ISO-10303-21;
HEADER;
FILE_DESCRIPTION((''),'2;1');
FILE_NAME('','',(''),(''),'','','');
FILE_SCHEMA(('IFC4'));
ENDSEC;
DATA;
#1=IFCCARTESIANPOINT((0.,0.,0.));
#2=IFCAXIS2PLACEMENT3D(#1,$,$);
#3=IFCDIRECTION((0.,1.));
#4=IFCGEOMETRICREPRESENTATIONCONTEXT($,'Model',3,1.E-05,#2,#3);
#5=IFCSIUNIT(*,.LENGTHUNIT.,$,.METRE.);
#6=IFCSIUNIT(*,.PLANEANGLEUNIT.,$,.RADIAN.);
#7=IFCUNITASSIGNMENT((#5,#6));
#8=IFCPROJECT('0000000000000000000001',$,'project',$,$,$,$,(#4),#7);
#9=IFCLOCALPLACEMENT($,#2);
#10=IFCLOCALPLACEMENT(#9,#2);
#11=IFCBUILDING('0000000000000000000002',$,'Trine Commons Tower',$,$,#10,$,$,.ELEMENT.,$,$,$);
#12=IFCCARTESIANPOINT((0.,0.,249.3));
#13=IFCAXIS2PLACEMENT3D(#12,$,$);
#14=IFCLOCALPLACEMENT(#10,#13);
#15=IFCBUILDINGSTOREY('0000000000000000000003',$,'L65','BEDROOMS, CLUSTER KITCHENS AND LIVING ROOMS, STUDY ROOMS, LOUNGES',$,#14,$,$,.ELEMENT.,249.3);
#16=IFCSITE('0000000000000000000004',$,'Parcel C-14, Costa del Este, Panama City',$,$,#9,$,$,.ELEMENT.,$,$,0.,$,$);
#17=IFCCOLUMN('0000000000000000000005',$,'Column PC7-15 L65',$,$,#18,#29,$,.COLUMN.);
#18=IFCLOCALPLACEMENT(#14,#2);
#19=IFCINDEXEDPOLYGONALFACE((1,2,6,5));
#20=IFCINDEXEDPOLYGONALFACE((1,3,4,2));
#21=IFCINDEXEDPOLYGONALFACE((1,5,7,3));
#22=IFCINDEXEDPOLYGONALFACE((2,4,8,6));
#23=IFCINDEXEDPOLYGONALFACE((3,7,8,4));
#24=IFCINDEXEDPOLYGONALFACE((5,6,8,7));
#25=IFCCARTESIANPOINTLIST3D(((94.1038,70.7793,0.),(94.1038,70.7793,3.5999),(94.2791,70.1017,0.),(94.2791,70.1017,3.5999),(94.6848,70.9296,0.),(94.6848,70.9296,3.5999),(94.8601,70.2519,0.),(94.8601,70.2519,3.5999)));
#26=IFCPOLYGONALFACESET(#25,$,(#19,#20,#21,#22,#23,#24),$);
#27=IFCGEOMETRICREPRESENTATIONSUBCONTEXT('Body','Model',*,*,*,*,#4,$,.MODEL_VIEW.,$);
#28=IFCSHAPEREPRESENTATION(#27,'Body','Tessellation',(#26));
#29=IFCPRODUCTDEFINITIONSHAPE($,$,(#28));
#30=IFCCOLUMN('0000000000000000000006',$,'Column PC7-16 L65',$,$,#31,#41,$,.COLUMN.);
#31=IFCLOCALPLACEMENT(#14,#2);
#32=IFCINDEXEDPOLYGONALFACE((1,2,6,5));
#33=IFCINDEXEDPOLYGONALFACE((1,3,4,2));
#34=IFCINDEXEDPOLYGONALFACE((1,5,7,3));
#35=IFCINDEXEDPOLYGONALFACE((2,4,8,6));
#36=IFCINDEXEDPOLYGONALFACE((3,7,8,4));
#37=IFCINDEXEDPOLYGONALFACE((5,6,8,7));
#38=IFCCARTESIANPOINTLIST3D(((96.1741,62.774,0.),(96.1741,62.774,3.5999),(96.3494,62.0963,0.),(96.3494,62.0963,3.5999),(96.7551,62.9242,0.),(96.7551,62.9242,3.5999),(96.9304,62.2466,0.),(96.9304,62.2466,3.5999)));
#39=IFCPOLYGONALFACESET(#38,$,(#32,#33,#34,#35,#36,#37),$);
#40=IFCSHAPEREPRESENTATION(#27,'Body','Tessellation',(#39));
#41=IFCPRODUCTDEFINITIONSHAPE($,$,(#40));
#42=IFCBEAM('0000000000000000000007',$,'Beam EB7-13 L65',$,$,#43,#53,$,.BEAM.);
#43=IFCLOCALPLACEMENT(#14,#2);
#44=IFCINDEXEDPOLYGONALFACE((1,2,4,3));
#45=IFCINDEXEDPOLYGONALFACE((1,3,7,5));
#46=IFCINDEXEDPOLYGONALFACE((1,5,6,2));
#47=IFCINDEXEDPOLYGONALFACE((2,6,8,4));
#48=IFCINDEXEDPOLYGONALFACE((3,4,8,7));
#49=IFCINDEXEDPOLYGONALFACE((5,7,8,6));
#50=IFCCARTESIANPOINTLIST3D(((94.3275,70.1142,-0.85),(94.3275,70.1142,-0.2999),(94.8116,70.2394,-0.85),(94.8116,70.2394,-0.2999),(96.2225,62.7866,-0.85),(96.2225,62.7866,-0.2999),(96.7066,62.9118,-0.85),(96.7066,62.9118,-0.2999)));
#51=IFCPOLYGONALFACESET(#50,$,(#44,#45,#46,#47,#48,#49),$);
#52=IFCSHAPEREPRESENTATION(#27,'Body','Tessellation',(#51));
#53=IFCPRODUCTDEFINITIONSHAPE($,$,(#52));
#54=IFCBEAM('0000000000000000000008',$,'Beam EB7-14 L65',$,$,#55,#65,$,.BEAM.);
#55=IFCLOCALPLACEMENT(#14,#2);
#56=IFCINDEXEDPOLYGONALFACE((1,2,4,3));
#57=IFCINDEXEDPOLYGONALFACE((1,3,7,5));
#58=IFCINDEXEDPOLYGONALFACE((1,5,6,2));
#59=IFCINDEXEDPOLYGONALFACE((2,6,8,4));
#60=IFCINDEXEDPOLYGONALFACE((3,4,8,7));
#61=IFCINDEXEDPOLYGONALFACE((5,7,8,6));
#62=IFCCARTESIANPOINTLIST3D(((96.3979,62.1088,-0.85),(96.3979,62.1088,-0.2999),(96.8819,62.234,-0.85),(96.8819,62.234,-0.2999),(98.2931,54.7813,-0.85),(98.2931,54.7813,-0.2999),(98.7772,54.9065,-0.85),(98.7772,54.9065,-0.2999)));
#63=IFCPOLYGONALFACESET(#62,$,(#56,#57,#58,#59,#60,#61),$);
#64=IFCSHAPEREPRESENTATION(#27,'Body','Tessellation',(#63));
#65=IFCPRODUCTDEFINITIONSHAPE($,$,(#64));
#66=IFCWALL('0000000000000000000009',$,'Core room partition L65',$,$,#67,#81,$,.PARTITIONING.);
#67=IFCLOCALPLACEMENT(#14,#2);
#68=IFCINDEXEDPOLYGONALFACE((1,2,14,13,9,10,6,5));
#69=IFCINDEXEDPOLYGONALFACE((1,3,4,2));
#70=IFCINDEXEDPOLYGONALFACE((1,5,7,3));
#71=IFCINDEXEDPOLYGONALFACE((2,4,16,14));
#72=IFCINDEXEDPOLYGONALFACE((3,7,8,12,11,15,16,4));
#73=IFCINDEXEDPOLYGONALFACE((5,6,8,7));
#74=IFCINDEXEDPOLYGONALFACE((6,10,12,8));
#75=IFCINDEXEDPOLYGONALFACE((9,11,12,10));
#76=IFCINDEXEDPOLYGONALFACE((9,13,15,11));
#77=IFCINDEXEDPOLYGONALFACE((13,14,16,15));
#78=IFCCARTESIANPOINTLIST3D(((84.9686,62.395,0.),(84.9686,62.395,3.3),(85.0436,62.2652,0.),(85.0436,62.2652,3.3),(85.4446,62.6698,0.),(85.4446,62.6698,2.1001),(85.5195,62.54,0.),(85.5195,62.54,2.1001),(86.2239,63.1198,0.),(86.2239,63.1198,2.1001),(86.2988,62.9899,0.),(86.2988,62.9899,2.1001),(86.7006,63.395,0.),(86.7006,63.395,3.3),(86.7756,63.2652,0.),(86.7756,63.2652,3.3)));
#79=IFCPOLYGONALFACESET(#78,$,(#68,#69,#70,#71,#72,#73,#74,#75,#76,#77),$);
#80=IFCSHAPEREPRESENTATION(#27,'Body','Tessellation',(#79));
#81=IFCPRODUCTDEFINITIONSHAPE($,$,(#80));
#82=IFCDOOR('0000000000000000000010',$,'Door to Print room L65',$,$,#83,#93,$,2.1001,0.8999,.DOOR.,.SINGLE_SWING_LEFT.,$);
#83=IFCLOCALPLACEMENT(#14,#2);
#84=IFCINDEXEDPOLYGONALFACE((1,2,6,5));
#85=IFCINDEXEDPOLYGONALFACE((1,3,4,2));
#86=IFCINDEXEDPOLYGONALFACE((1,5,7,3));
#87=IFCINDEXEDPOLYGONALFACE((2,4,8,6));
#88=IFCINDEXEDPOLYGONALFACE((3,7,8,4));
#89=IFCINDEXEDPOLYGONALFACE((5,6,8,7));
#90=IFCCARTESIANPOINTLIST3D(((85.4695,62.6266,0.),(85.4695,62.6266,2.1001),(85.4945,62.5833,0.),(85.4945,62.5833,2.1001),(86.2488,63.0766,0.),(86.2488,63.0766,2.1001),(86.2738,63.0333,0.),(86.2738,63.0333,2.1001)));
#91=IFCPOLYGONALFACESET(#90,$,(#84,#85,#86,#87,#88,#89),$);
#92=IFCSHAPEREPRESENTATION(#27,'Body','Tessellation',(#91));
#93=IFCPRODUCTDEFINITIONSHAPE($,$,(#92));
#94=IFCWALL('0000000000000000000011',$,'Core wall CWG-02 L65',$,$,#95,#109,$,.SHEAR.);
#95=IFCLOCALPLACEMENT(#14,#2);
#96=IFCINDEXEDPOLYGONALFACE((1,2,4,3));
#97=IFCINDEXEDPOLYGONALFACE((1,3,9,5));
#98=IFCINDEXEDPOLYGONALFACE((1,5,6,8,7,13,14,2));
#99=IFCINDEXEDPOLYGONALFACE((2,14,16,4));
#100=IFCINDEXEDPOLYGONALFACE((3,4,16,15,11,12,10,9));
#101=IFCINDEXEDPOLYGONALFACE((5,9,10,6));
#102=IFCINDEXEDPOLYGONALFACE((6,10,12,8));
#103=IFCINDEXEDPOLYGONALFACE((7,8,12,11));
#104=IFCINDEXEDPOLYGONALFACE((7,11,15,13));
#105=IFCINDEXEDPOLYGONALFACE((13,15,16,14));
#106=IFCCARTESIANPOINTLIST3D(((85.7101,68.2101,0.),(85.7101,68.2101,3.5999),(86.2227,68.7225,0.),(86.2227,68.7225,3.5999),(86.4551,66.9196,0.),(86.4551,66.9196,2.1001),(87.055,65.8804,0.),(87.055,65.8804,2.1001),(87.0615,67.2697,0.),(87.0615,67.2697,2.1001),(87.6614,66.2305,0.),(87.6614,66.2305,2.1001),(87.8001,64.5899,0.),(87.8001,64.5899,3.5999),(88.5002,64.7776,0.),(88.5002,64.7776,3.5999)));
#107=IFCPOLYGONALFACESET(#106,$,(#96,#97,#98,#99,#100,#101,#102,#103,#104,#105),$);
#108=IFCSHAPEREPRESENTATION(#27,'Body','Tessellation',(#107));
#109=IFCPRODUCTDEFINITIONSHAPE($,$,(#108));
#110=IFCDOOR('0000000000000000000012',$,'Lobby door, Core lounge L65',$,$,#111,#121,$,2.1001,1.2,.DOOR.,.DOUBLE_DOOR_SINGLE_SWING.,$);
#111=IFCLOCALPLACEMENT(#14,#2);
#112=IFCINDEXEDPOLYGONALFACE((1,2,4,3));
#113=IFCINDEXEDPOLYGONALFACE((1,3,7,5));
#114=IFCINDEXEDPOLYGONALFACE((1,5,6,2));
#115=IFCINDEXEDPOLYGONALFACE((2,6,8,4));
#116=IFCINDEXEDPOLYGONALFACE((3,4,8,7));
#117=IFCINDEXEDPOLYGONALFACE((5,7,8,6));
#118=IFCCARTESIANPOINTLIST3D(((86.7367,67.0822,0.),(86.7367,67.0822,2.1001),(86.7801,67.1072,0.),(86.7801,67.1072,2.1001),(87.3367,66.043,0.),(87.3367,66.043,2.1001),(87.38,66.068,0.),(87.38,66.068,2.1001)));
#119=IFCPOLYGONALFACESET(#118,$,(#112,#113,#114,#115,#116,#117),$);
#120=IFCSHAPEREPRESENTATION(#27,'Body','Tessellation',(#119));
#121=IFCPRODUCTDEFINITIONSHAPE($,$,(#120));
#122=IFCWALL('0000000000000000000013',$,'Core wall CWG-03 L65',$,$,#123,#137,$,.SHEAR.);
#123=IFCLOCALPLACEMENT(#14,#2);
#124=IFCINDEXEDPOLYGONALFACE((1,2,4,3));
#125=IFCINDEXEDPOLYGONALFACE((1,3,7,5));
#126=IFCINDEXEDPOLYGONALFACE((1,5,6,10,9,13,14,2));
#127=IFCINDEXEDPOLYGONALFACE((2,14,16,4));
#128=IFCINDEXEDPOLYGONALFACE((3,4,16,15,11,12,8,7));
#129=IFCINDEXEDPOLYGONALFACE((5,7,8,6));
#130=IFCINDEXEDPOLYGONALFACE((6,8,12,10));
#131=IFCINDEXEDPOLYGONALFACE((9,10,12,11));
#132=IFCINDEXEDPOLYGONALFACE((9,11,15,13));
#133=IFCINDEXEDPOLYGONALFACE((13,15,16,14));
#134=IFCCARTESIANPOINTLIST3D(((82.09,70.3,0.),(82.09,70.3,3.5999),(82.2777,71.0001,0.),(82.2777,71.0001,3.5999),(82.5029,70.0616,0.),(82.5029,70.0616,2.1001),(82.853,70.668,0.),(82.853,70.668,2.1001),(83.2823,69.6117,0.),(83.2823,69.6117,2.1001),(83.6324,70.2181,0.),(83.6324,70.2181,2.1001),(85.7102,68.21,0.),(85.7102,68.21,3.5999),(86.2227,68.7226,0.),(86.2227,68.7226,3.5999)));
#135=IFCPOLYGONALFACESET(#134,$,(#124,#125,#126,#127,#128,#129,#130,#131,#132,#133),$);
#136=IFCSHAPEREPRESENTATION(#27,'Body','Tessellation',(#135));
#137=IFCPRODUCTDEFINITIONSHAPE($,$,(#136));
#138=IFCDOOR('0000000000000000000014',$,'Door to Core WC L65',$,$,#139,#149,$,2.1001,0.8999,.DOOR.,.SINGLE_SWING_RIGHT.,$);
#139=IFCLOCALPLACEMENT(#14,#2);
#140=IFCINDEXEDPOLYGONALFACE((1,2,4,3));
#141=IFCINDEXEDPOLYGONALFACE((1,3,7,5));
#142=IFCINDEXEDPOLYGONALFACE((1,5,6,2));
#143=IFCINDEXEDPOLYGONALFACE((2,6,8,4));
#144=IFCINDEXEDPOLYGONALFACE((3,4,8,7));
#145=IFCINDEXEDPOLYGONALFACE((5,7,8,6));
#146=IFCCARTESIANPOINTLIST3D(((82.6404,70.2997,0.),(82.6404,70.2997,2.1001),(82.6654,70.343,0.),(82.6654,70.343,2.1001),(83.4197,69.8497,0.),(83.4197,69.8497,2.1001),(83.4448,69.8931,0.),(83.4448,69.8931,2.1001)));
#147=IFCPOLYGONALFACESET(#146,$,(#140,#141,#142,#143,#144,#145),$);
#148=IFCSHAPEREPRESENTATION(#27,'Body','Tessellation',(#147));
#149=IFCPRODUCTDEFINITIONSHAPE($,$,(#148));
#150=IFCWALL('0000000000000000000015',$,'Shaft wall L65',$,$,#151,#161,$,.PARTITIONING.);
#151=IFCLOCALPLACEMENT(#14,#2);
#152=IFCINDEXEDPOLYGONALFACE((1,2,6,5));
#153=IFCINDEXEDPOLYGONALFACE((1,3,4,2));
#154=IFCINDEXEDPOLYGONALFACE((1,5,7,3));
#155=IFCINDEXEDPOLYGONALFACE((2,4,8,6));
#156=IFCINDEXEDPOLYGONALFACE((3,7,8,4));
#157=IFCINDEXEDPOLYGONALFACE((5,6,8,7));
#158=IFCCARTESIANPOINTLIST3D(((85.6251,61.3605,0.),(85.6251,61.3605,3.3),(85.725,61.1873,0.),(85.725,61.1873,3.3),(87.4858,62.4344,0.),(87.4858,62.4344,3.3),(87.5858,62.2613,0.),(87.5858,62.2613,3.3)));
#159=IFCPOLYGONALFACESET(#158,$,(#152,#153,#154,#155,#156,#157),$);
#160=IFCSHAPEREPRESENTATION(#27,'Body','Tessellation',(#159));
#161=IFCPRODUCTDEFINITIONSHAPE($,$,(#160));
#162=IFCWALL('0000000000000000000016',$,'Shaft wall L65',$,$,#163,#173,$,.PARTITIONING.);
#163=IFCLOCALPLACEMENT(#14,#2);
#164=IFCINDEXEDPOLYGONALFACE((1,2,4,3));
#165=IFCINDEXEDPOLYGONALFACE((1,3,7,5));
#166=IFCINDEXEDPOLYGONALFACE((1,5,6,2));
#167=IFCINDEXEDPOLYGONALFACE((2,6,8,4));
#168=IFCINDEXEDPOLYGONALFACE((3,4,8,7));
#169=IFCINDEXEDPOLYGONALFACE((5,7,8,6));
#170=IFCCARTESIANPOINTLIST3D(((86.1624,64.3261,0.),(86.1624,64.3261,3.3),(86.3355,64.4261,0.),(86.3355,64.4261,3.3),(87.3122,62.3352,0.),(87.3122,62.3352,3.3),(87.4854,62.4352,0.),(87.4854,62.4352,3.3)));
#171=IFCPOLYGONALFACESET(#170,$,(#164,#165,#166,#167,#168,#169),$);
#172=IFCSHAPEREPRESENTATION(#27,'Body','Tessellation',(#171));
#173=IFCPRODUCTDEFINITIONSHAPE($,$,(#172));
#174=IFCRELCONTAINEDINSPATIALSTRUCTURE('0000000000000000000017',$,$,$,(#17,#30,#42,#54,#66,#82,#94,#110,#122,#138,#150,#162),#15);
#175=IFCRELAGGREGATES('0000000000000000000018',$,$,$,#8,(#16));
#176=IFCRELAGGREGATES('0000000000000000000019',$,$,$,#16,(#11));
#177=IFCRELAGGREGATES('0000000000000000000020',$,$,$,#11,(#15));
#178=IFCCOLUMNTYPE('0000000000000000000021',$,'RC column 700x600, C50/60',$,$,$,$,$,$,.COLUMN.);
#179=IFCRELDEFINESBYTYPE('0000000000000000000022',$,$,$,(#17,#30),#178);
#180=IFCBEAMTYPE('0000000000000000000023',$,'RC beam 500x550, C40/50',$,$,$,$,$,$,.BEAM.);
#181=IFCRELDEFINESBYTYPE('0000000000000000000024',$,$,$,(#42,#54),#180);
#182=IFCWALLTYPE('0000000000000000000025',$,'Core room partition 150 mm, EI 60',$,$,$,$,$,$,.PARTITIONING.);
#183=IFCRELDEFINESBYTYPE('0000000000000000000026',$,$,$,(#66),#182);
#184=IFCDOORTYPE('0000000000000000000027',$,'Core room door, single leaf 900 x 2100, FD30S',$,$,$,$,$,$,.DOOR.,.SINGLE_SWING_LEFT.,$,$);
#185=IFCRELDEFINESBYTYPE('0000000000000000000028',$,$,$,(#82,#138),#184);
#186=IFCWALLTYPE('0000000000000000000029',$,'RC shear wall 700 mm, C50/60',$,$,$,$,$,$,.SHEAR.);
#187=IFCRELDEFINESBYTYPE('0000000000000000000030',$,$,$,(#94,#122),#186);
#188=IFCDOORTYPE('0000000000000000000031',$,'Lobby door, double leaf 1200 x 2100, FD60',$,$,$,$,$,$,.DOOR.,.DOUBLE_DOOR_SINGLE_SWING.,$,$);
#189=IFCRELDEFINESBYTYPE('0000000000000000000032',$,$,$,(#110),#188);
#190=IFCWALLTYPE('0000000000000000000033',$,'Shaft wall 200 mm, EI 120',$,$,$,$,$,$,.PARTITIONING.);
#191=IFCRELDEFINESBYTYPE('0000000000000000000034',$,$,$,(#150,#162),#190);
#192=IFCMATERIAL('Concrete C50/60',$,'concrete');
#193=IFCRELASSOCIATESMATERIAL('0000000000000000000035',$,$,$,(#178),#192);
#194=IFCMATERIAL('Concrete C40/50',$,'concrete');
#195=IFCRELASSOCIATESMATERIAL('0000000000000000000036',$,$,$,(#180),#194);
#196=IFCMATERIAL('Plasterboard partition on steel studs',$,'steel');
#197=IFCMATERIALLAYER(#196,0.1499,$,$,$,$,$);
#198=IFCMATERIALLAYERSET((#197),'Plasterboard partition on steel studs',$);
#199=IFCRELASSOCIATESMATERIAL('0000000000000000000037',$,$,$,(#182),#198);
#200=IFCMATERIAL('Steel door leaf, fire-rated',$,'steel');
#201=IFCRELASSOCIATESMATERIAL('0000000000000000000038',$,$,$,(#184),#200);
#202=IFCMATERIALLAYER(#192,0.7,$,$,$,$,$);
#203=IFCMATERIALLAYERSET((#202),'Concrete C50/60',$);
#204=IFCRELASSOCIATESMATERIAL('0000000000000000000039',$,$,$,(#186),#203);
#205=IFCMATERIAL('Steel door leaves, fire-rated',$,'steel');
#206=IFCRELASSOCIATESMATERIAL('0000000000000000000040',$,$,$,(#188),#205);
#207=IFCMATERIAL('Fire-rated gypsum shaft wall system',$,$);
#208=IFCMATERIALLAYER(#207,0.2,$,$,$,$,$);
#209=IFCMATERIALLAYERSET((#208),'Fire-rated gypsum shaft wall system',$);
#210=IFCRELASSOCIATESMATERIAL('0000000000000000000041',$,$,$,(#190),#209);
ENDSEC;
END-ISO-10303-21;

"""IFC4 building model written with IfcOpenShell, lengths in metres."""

from ifc_helpers import new_model, si_unit, direction, frame, frame_2d, origin, origin_2d, place, context, subcontext, project, spatial, polyline, rectangle, outline, extrude, material, layer, layer_set, material_profile, profile_set, type_object, element, fill, save


model = new_model("IFC4")

# Units and contexts
model_context = context("Model", 3, precision=1e-05, world=origin(), true_north=direction((0.0, 1.0)))
body_context = subcontext(model_context, "Body", "Model", "MODEL_VIEW")
ifc_project = project(units=[si_unit("LENGTHUNIT", "METRE"), si_unit("PLANEANGLEUNIT", "RADIAN")], contexts=[model_context])

# Site, building, storey
site_placement = place(None, origin())
site = spatial("IfcSite", under=ifc_project, at=site_placement, Name="Parcel C-14, Costa del Este, Panama City", CompositionType="ELEMENT", RefElevation=0.0)
building_placement = place(site_placement, origin())
building = spatial("IfcBuilding", under=site, at=building_placement, Name="Trine Commons Tower", CompositionType="ELEMENT")
storey_placement = place(building_placement, frame((0.0, 0.0, 249.3)))
storey = spatial("IfcBuildingStorey", under=building, at=storey_placement, Name="L65", Description="BEDROOMS, CLUSTER KITCHENS AND LIVING ROOMS, STUDY ROOMS, LOUNGES", CompositionType="ELEMENT", Elevation=249.3)

# Columns
ifc_material_1 = material(Name="Concrete C50/60", Category="concrete")
ifc_material_profile_1 = material_profile(ifc_material_1, rectangle(XDim=0.7, YDim=0.6001, at=origin_2d()), Name="RC 700x600")
ifc_profile_set_1 = profile_set([ifc_material_profile_1], Name="Concrete C50/60")
column_type = type_object("IfcColumnType", Name="RC column 700x600, C50/60", PredefinedType="COLUMN", material=ifc_profile_set_1)
for number, where, z_axis, x_axis, name in (
    (1, (94.4819, 70.5156, 0.0), (0.0, 0.0, 1.0), (-0.25038, 0.968148, 0.0), "Column PC7-15 L65"),
    (2, (96.5522, 62.5103, 0.0), (0.0, 0.0, 1.0), (-0.25038, 0.968148, 0.0), "Column PC7-16 L65"),
):
    element("IfcColumn", number, at=place(storey_placement, frame(where, z_axis=z_axis, x_axis=x_axis)), inside=storey, type_object=column_type, Name=name, PredefinedType="COLUMN", context=body_context, shape_type="SweptSolid", body=[
        extrude(rectangle(XDim=0.7, YDim=0.6001, at=origin_2d()), origin(), (0.0, 0.0, 1.0), 3.5999),
    ])

# Beams
ifc_material_2 = material(Name="Concrete C40/50", Category="concrete")
ifc_material_profile_2 = material_profile(ifc_material_2, rectangle(XDim=0.5, YDim=0.55, at=origin_2d()), Name="RC 500x550")
ifc_profile_set_2 = profile_set([ifc_material_profile_2], Name="Concrete C40/50")
beam_type = type_object("IfcBeamType", Name="RC beam 500x550, C40/50", PredefinedType="BEAM", material=ifc_profile_set_2)
for number, where, z_axis, x_axis, name in (
    (3, (94.5696, 70.1768, -0.575), (0.250376, -0.968149, 0.0), (0.968149, 0.250376, 0.0), "Beam EB7-13 L65"),
    (4, (96.6399, 62.1714, -0.575), (0.250414, -0.968139, 0.0), (0.968139, 0.250414, 0.0), "Beam EB7-14 L65"),
):
    element("IfcBeam", number, at=place(storey_placement, frame(where, z_axis=z_axis, x_axis=x_axis)), inside=storey, type_object=beam_type, Name=name, PredefinedType="BEAM", context=body_context, shape_type="SweptSolid", body=[
        extrude(rectangle(XDim=0.5, YDim=0.55, at=origin_2d()), origin(), (0.0, 0.0, 1.0), 7.5686),
    ])

# Walls, openings, doors
ifc_material_3 = material(Name="Plasterboard partition on steel studs", Category="steel")
ifc_layer_1 = layer(ifc_material_3, 0.1499)
ifc_layer_set_1 = layer_set([ifc_layer_1], Name="Plasterboard partition on steel studs")
wall_type_1 = type_object("IfcWallType", Name="Core room partition 150 mm, EI 60", PredefinedType="PARTITIONING", material=ifc_layer_set_1)
wall_1_placement = place(storey_placement, frame((85.0061, 62.3301, 0.0), z_axis=(0.0, 0.0, 1.0), x_axis=(0.866011, 0.500025, 0.0)))
wall_1 = element("IfcWall", 5, at=wall_1_placement, inside=storey, type_object=wall_type_1, Name="Core room partition L65", PredefinedType="PARTITIONING", context=body_context, shape_type="SweptSolid", body=[
    extrude(rectangle(XDim=2.0, YDim=0.1499, at=frame_2d((1.0, 0.0))), origin(), (0.0, 0.0, 1.0), 3.3),
])
opening_1_placement = place(wall_1_placement, frame((0.5496, 0.0, 0.0)))
opening_1 = element("IfcOpeningElement", 6, at=opening_1_placement, cuts=wall_1, PredefinedType="OPENING", context=body_context, shape_type="SweptSolid", body=[
    extrude(rectangle(XDim=0.8999, YDim=2.1001, at=frame_2d((0.45, 1.05))), frame((0.0, 0.085, 0.0), z_axis=(0.0, -1.0, 0.0), x_axis=(1.0, 0.0, 0.0)), (0.0, 0.0, 1.0), 0.1699),
])
ifc_material_4 = material(Name="Steel door leaf, fire-rated", Category="steel")
door_type_1 = type_object("IfcDoorType", Name="Core room door, single leaf 900 x 2100, FD30S", OperationType="SINGLE_SWING_LEFT", PredefinedType="DOOR", material=ifc_material_4)
door_1_placement = place(opening_1_placement, frame((0.8999, 0.0, 0.0), z_axis=(0.0, 0.0, 1.0), x_axis=(-1.0, 0.0, 0.0)))
door_1 = element("IfcDoor", 7, at=door_1_placement, inside=storey, type_object=door_type_1, Name="Door to Print room L65", OperationType="SINGLE_SWING_LEFT", OverallHeight=2.1001, OverallWidth=0.8999, PredefinedType="DOOR", context=body_context, shape_type="SweptSolid", body=[
    extrude(rectangle(XDim=0.8999, YDim=2.1001, at=frame_2d((0.45, 1.05))), frame((0.0, 0.0249, 0.0), z_axis=(0.0, -1.0, 0.0), x_axis=(1.0, 0.0, 0.0)), (0.0, 0.0, 1.0), 0.05),
])
fill(opening_1, door_1)
ifc_layer_2 = layer(ifc_material_1, 0.7)
ifc_layer_set_2 = layer_set([ifc_layer_2], Name="Concrete C50/60")
wall_type_2 = type_object("IfcWallType", Name="RC shear wall 700 mm, C50/60", PredefinedType="SHEAR", material=ifc_layer_set_2)
wall_2_placement = place(storey_placement, frame((88.197, 64.6025, 0.0), z_axis=(0.0, 0.0, 1.0), x_axis=(-0.499984, 0.866035, 0.0)))
wall_2 = element("IfcWall", 8, at=wall_2_placement, inside=storey, type_object=wall_type_2, Name="Core wall CWG-02 L65", PredefinedType="SHEAR", context=body_context, shape_type="SweptSolid", body=[
    extrude(outline(polyline([(0.0, -0.3501), (4.5552, -0.3501), (4.3677, 0.3501), (0.1875, 0.3501), (0.0, -0.3501)])), origin(), (0.0, 0.0, 1.0), 3.5999),
])
opening_2_placement = place(wall_2_placement, frame((1.6775, 0.0, 0.0)))
opening_2 = element("IfcOpeningElement", 9, at=opening_2_placement, cuts=wall_2, PredefinedType="OPENING", context=body_context, shape_type="SweptSolid", body=[
    extrude(rectangle(XDim=1.2, YDim=2.1001, at=frame_2d((0.6001, 1.05))), frame((0.0, 0.3599, 0.0), z_axis=(0.0, -1.0, 0.0), x_axis=(1.0, 0.0, 0.0)), (0.0, 0.0, 1.0), 0.72),
])
ifc_material_5 = material(Name="Steel door leaves, fire-rated", Category="steel")
door_type_2 = type_object("IfcDoorType", Name="Lobby door, double leaf 1200 x 2100, FD60", OperationType="DOUBLE_DOOR_SINGLE_SWING", PredefinedType="DOOR", material=ifc_material_5)
door_2_placement = place(opening_2_placement, origin())
door_2 = element("IfcDoor", 10, at=door_2_placement, inside=storey, type_object=door_type_2, Name="Lobby door, Core lounge L65", OperationType="DOUBLE_DOOR_SINGLE_SWING", OverallHeight=2.1001, OverallWidth=1.2, PredefinedType="DOOR", context=body_context, shape_type="SweptSolid", body=[
    extrude(rectangle(XDim=1.2, YDim=2.1001, at=frame_2d((0.6001, 1.05))), frame((0.0, 0.0249, 0.0), z_axis=(0.0, -1.0, 0.0), x_axis=(1.0, 0.0, 0.0)), (0.0, 0.0, 1.0), 0.05),
])
fill(opening_2, door_2)
wall_3_placement = place(storey_placement, frame((86.0476, 68.4194, 0.0), z_axis=(0.0, 0.0, 1.0), x_axis=(-0.866035, 0.499984, 0.0)))
wall_3 = element("IfcWall", 11, at=wall_3_placement, inside=storey, type_object=wall_type_2, Name="Core wall CWG-03 L65", PredefinedType="SHEAR", context=body_context, shape_type="SweptSolid", body=[
    extrude(outline(polyline([(0.0, -0.3501), (4.5552, -0.3501), (4.3677, 0.3501), (0.1875, 0.3501), (0.0, -0.3501)])), origin(), (0.0, 0.0, 1.0), 3.5999),
])
opening_3_placement = place(wall_3_placement, frame((2.991, 0.0, 0.0)))
opening_3 = element("IfcOpeningElement", 12, at=opening_3_placement, cuts=wall_3, PredefinedType="OPENING", context=body_context, shape_type="SweptSolid", body=[
    extrude(rectangle(XDim=0.8999, YDim=2.1001, at=frame_2d((0.45, 1.05))), frame((0.0, 0.3599, 0.0), z_axis=(0.0, -1.0, 0.0), x_axis=(1.0, 0.0, 0.0)), (0.0, 0.0, 1.0), 0.72),
])
door_3_placement = place(opening_3_placement, origin())
door_3 = element("IfcDoor", 13, at=door_3_placement, inside=storey, type_object=door_type_1, Name="Door to Core WC L65", OperationType="SINGLE_SWING_RIGHT", OverallHeight=2.1001, OverallWidth=0.8999, PredefinedType="DOOR", context=body_context, shape_type="SweptSolid", body=[
    extrude(rectangle(XDim=0.8999, YDim=2.1001, at=frame_2d((0.45, 1.05))), frame((0.0, 0.0752, 0.0), z_axis=(0.0, -1.0, 0.0), x_axis=(1.0, 0.0, 0.0)), (0.0, 0.0, 1.0), 0.05),
])
fill(opening_3, door_3)

# Walls
ifc_material_6 = material(Name="Fire-rated gypsum shaft wall system")
ifc_layer_3 = layer(ifc_material_6, 0.2)
ifc_layer_set_3 = layer_set([ifc_layer_3], Name="Fire-rated gypsum shaft wall system")
wall_type_3 = type_object("IfcWallType", Name="Shaft wall 200 mm, EI 120", PredefinedType="PARTITIONING", material=ifc_layer_set_3)
wall_4_placement = place(storey_placement, frame((85.675, 61.2739, 0.0), z_axis=(0.0, 0.0, 1.0), x_axis=(0.866102, 0.499867, 0.0)))
element("IfcWall", 14, at=wall_4_placement, inside=storey, type_object=wall_type_3, Name="Shaft wall L65", PredefinedType="PARTITIONING", context=body_context, shape_type="SweptSolid", body=[
    extrude(rectangle(XDim=2.1484, YDim=0.2, at=frame_2d((1.0742, 0.0))), origin(), (0.0, 0.0, 1.0), 3.3),
])
wall_5_placement = place(storey_placement, frame((86.249, 64.376, 0.0), z_axis=(0.0, 0.0, 1.0), x_axis=(0.500136, -0.865947, 0.0)))
element("IfcWall", 15, at=wall_5_placement, inside=storey, type_object=wall_type_3, Name="Shaft wall L65", PredefinedType="PARTITIONING", context=body_context, shape_type="SweptSolid", body=[
    extrude(rectangle(XDim=2.2991, YDim=0.2, at=frame_2d((1.1494, 0.0))), origin(), (0.0, 0.0, 1.0), 3.3),
])

save(model, "model.ifc")
